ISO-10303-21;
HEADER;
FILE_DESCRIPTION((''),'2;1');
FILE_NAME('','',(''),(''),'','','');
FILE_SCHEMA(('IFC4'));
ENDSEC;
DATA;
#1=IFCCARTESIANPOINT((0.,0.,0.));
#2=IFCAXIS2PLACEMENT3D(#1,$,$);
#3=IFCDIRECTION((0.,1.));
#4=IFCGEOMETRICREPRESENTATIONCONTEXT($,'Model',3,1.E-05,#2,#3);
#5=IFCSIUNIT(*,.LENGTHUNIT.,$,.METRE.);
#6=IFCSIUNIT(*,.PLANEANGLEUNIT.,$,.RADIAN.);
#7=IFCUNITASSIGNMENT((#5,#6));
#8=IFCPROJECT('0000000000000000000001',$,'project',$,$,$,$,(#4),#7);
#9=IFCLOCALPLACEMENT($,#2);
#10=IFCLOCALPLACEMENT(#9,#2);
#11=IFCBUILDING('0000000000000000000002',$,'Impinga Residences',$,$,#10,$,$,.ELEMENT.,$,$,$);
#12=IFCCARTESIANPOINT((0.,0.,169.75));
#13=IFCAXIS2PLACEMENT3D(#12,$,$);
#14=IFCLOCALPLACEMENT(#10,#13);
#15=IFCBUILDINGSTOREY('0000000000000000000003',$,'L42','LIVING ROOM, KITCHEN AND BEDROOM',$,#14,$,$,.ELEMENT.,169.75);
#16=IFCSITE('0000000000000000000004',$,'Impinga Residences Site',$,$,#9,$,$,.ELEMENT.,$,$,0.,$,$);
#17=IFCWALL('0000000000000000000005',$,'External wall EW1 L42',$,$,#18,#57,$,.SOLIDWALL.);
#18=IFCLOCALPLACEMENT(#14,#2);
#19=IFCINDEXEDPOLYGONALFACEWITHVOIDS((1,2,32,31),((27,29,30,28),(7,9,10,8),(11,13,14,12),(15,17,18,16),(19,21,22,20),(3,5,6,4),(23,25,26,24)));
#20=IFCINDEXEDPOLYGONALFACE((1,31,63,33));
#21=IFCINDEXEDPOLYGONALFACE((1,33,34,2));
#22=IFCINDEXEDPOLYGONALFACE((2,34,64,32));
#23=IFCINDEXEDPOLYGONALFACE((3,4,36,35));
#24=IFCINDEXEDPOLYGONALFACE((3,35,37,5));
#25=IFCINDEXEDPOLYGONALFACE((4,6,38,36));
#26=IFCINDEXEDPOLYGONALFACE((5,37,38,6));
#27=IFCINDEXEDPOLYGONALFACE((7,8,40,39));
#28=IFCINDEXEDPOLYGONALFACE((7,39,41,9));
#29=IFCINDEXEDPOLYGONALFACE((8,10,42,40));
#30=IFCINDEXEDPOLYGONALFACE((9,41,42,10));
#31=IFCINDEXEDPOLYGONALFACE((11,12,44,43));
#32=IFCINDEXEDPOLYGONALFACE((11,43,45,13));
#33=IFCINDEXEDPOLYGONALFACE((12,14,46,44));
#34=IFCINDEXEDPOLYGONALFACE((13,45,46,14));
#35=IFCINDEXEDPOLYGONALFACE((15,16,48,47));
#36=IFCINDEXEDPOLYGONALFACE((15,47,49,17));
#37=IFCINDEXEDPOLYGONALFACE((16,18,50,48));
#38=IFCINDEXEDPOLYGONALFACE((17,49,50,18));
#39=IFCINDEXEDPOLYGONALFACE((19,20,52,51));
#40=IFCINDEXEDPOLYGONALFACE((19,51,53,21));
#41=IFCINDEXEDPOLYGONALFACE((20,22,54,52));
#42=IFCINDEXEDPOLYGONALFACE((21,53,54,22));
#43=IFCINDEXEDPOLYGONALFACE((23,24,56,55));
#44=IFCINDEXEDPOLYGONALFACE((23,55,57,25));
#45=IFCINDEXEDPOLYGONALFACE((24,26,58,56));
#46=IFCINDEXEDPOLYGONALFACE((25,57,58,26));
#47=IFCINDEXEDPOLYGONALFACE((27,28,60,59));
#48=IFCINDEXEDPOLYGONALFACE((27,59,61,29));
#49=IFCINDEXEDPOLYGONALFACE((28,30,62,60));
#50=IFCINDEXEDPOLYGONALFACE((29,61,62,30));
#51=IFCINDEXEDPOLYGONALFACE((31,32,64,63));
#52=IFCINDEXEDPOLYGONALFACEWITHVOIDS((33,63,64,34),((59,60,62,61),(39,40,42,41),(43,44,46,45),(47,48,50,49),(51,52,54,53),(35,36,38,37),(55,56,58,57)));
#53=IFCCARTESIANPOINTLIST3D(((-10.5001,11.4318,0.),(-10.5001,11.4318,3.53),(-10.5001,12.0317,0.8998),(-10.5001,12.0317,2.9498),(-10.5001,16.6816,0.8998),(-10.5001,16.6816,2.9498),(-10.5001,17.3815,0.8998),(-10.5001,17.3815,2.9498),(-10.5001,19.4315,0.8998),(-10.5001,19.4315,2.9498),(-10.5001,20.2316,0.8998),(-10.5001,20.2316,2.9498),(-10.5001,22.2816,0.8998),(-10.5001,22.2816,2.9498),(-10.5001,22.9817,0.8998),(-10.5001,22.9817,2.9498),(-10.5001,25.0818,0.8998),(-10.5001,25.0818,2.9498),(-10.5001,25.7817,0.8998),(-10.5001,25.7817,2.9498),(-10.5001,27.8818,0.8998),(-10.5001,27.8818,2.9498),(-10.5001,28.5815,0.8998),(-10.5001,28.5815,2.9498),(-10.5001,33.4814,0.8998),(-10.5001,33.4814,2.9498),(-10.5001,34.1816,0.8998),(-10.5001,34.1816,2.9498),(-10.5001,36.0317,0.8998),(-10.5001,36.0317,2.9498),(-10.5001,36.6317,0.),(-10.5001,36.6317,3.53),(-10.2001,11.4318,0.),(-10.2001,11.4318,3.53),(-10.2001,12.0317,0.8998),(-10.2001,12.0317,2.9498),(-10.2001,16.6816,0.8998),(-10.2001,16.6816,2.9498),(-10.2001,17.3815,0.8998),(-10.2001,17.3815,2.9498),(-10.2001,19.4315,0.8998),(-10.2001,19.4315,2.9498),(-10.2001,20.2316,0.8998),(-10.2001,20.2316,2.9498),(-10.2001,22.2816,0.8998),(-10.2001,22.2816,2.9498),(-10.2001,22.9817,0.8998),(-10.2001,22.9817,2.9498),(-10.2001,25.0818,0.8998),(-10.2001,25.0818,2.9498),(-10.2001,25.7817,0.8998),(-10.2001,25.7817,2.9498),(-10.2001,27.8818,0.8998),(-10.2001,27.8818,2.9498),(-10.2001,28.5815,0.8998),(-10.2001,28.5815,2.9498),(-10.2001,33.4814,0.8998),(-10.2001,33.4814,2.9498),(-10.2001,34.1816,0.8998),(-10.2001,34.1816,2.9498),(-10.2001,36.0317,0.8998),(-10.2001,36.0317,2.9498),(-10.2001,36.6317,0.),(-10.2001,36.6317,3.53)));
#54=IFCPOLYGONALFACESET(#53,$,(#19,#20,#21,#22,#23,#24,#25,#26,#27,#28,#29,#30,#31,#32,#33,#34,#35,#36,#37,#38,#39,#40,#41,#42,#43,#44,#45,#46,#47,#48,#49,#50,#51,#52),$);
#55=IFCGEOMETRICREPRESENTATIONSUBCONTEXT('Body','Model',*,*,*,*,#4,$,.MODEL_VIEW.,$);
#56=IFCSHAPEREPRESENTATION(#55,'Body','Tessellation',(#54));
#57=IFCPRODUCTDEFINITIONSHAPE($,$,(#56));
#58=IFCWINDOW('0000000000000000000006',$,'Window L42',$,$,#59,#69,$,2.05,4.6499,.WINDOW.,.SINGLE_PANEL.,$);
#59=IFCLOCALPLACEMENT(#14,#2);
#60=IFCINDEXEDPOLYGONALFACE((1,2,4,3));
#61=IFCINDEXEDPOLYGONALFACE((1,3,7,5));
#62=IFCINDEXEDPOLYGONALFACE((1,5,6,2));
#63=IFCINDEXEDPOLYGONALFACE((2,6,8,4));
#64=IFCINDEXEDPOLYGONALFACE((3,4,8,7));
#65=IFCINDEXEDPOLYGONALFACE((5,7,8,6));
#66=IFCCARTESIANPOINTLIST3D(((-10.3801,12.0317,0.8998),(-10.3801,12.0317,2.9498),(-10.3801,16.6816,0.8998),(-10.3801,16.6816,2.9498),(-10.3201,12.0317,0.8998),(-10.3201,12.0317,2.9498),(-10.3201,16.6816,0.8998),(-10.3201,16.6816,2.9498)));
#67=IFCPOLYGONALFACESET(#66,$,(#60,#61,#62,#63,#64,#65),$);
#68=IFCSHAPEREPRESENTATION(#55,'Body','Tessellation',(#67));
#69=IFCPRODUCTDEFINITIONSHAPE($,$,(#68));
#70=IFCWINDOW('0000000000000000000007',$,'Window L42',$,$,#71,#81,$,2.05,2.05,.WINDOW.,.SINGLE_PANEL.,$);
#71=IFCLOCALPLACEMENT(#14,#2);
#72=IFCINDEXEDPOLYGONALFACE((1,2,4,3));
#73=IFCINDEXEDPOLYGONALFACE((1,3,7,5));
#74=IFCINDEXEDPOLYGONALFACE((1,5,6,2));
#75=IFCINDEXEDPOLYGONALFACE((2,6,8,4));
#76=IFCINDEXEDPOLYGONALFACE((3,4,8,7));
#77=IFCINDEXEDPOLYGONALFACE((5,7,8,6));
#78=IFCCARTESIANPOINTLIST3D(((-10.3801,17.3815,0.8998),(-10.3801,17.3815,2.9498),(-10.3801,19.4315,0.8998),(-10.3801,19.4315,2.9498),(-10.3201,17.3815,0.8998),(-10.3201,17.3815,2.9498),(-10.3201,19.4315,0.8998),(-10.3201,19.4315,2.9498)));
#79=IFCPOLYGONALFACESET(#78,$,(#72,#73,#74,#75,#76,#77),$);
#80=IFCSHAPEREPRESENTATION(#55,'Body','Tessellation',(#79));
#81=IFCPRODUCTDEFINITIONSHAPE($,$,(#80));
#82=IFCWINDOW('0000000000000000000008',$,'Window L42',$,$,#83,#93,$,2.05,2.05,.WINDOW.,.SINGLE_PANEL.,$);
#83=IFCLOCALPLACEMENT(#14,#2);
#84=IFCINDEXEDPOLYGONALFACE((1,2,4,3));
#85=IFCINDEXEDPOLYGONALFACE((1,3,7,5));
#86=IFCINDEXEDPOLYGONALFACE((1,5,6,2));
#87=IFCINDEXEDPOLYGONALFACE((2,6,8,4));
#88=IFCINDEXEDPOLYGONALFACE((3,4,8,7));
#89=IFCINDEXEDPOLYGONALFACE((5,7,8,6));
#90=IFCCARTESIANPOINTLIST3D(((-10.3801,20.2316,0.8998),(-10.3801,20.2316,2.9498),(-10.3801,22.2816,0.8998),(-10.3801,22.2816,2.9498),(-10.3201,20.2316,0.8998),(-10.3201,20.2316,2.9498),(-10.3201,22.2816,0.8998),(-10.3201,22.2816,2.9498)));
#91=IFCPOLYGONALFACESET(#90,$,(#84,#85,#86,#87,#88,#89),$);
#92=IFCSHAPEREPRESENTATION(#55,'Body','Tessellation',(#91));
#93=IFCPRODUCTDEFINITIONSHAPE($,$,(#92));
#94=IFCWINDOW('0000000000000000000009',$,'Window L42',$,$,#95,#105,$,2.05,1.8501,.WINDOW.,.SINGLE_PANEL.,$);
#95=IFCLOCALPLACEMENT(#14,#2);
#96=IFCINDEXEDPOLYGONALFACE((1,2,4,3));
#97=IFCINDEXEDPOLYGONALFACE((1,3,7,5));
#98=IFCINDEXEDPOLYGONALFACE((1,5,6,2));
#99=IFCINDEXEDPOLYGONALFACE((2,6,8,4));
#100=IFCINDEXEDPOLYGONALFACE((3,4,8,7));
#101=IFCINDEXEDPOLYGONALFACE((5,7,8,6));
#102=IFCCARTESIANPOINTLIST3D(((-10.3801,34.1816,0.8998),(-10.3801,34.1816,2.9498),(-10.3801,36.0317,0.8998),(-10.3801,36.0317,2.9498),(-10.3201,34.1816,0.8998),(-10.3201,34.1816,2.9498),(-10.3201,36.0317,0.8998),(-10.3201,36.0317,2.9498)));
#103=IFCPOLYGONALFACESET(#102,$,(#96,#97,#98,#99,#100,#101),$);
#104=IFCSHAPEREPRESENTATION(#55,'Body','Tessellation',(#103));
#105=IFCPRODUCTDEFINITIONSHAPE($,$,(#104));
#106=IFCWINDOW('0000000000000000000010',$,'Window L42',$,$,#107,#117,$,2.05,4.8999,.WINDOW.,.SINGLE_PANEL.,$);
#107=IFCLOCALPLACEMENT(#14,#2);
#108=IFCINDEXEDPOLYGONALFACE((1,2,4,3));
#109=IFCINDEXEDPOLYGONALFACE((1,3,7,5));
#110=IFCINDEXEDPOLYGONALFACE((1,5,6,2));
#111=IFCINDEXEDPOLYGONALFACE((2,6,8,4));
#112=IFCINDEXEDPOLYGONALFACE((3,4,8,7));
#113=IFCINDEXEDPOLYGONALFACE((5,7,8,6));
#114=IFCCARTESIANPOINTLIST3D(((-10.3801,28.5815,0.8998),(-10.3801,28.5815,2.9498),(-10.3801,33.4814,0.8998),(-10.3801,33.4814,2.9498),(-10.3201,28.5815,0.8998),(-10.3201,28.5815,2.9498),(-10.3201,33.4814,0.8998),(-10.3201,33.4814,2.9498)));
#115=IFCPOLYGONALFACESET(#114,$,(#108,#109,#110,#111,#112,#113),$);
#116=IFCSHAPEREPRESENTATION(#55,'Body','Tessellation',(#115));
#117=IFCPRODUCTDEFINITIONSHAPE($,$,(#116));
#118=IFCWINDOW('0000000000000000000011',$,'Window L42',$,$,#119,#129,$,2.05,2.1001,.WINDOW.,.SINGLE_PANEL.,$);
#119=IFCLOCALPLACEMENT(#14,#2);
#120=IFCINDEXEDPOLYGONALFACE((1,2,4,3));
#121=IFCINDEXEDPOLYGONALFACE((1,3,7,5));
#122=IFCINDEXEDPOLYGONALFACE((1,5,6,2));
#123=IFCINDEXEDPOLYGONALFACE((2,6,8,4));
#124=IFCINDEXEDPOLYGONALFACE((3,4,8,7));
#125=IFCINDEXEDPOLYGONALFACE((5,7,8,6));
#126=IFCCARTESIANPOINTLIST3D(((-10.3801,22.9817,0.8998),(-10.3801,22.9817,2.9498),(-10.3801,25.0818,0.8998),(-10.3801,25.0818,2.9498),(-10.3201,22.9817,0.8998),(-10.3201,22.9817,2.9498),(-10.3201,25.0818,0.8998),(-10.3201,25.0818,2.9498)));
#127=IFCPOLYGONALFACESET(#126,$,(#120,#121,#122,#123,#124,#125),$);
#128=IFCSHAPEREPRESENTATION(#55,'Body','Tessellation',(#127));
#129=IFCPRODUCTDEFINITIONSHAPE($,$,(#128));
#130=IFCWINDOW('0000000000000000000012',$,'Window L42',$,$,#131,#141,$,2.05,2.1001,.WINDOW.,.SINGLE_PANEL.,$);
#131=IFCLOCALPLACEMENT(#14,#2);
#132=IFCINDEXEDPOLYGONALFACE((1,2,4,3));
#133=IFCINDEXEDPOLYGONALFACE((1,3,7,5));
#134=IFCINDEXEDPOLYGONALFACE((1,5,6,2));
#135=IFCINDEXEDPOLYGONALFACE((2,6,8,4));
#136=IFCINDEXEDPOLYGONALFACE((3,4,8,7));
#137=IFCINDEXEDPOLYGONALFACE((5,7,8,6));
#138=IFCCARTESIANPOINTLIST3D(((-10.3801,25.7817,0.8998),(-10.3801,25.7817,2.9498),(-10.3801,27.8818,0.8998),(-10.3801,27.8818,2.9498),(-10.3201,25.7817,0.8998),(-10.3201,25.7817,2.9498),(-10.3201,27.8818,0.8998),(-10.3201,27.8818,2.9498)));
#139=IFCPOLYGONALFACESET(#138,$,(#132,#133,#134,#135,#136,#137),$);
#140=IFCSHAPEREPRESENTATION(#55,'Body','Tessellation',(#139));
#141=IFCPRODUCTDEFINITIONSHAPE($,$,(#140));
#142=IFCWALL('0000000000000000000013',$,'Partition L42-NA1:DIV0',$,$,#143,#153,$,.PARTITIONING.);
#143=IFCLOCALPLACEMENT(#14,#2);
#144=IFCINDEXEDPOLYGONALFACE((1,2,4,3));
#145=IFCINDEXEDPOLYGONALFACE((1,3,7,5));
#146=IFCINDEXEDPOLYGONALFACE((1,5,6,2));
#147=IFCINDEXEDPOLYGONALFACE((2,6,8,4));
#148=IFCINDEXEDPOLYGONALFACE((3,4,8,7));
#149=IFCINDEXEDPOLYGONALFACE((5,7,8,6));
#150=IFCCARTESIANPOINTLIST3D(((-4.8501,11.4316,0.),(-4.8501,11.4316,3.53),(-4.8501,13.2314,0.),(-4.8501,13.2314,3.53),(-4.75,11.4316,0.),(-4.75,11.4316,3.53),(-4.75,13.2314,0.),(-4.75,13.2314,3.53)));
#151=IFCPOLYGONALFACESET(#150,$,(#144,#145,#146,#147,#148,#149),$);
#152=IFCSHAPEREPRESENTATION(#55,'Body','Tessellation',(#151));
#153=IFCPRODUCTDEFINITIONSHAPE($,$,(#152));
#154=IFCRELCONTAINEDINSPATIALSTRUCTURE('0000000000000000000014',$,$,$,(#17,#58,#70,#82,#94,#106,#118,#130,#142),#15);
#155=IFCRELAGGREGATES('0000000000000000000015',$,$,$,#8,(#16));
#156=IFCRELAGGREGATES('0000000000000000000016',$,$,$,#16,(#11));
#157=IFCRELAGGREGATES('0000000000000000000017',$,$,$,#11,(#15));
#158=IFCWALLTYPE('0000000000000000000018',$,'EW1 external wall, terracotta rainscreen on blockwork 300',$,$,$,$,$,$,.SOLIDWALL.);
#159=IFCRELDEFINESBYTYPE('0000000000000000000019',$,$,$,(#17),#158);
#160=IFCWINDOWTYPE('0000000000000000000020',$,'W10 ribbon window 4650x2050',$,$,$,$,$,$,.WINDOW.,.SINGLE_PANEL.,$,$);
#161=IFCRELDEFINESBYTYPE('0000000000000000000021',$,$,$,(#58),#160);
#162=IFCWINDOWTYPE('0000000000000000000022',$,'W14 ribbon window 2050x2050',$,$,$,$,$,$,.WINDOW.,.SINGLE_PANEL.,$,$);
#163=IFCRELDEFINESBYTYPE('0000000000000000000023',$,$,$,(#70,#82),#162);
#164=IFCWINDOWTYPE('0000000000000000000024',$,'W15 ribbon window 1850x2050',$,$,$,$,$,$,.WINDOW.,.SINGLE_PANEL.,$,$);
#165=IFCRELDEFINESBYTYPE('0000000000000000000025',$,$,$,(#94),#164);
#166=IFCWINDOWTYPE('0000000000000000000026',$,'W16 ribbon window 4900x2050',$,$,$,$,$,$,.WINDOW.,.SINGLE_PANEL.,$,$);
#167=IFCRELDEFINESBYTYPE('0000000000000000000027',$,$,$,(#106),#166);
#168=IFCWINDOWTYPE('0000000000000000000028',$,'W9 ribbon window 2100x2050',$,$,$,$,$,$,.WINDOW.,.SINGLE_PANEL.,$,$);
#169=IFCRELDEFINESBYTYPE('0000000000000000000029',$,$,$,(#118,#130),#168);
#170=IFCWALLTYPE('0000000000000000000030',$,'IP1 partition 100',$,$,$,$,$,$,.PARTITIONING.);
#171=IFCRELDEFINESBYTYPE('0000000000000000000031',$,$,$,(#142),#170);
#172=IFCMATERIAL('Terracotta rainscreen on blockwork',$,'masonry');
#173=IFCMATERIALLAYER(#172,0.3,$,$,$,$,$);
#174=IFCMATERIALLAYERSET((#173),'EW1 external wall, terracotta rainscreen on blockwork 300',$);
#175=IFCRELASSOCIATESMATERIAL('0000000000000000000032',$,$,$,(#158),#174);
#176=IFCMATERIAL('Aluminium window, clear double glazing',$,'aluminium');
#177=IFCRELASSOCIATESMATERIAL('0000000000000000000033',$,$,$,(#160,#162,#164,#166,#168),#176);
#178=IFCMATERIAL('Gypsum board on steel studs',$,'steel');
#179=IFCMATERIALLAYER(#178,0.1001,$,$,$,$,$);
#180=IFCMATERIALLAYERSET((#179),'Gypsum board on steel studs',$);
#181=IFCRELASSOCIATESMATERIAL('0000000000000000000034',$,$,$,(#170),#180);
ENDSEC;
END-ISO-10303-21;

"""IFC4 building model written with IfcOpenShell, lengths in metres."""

from ifc_helpers import new_model, si_unit, direction, frame, frame_2d, origin, place, context, subcontext, project, spatial, rectangle, extrude, material, layer, layer_set, type_object, element, fill, save


model = new_model("IFC4")

# Units and contexts
model_context = context("Model", 3, precision=1e-05, world=origin(), true_north=direction((0.0, 1.0)))
body_context = subcontext(model_context, "Body", "Model", "MODEL_VIEW")
ifc_project = project(units=[si_unit("LENGTHUNIT", "METRE"), si_unit("PLANEANGLEUNIT", "RADIAN")], contexts=[model_context])

# Site, building, storey
site_placement = place(None, origin())
site = spatial("IfcSite", under=ifc_project, at=site_placement, Name="Impinga Residences Site", CompositionType="ELEMENT", RefElevation=0.0)
building_placement = place(site_placement, origin())
building = spatial("IfcBuilding", under=site, at=building_placement, Name="Impinga Residences", CompositionType="ELEMENT")
storey_placement = place(building_placement, frame((0.0, 0.0, 169.75)))
storey = spatial("IfcBuildingStorey", under=building, at=storey_placement, Name="L42", Description="LIVING ROOM, KITCHEN AND BEDROOM", CompositionType="ELEMENT", Elevation=169.75)

# Shared definitions
ifc_material_1 = material(Name="Terracotta rainscreen on blockwork", Category="masonry")
ifc_layer_1 = layer(ifc_material_1, 0.3)
ifc_layer_set_1 = layer_set([ifc_layer_1], Name="EW1 external wall, terracotta rainscreen on blockwork 300")
wall_type_1 = type_object("IfcWallType", Name="EW1 external wall, terracotta rainscreen on blockwork 300", PredefinedType="SOLIDWALL", material=ifc_layer_set_1)

# Wall, openings, windows
wall_1_placement = place(storey_placement, frame((-10.3501, 11.4316, 0.0), z_axis=(0.0, 0.0, 1.0), x_axis=(0.0, 1.0, 0.0)))
wall_1 = element("IfcWall", 1, at=wall_1_placement, inside=storey, type_object=wall_type_1, Name="External wall EW1 L42", PredefinedType="SOLIDWALL", context=body_context, shape_type="SweptSolid", body=[
    extrude(rectangle(XDim=25.2, YDim=0.3, at=frame_2d((12.6001, 0.0))), origin(), (0.0, 0.0, 1.0), 3.53),
])
opening_1_placement = place(wall_1_placement, frame((0.6001, 0.0, 0.8999)))
opening_1 = element("IfcOpeningElement", 2, at=opening_1_placement, cuts=wall_1, PredefinedType="OPENING", context=body_context, shape_type="SweptSolid", body=[
    extrude(rectangle(XDim=4.6499, YDim=2.05, at=frame_2d((2.325, 1.0249))), frame((0.0, 0.1599, 0.0), z_axis=(0.0, -1.0, 0.0), x_axis=(1.0, 0.0, 0.0)), (0.0, 0.0, 1.0), 0.3201),
])
opening_2_placement = place(wall_1_placement, frame((5.95, 0.0, 0.8999)))
opening_2 = element("IfcOpeningElement", 3, at=opening_2_placement, cuts=wall_1, PredefinedType="OPENING", context=body_context, shape_type="SweptSolid", body=[
    extrude(rectangle(XDim=2.05, YDim=2.05, at=frame_2d((1.0249, 1.0249))), frame((0.0, 0.1599, 0.0), z_axis=(0.0, -1.0, 0.0), x_axis=(1.0, 0.0, 0.0)), (0.0, 0.0, 1.0), 0.3201),
])
opening_3_placement = place(wall_1_placement, frame((8.8, 0.0, 0.8999)))
opening_3 = element("IfcOpeningElement", 4, at=opening_3_placement, cuts=wall_1, PredefinedType="OPENING", context=body_context, shape_type="SweptSolid", body=[
    extrude(rectangle(XDim=2.05, YDim=2.05, at=frame_2d((1.0249, 1.0249))), frame((0.0, 0.1599, 0.0), z_axis=(0.0, -1.0, 0.0), x_axis=(1.0, 0.0, 0.0)), (0.0, 0.0, 1.0), 0.3201),
])
opening_4_placement = place(wall_1_placement, frame((11.55, 0.0, 0.8999)))
opening_4 = element("IfcOpeningElement", 5, at=opening_4_placement, cuts=wall_1, PredefinedType="OPENING", context=body_context, shape_type="SweptSolid", body=[
    extrude(rectangle(XDim=2.1001, YDim=2.05, at=frame_2d((1.05, 1.0249))), frame((0.0, 0.1599, 0.0), z_axis=(0.0, -1.0, 0.0), x_axis=(1.0, 0.0, 0.0)), (0.0, 0.0, 1.0), 0.3201),
])
opening_5_placement = place(wall_1_placement, frame((14.3501, 0.0, 0.8999)))
opening_5 = element("IfcOpeningElement", 6, at=opening_5_placement, cuts=wall_1, PredefinedType="OPENING", context=body_context, shape_type="SweptSolid", body=[
    extrude(rectangle(XDim=2.1001, YDim=2.05, at=frame_2d((1.05, 1.0249))), frame((0.0, 0.1599, 0.0), z_axis=(0.0, -1.0, 0.0), x_axis=(1.0, 0.0, 0.0)), (0.0, 0.0, 1.0), 0.3201),
])
opening_6_placement = place(wall_1_placement, frame((17.1499, 0.0, 0.8999)))
opening_6 = element("IfcOpeningElement", 7, at=opening_6_placement, cuts=wall_1, PredefinedType="OPENING", context=body_context, shape_type="SweptSolid", body=[
    extrude(rectangle(XDim=4.8999, YDim=2.05, at=frame_2d((2.45, 1.0249))), frame((0.0, 0.1599, 0.0), z_axis=(0.0, -1.0, 0.0), x_axis=(1.0, 0.0, 0.0)), (0.0, 0.0, 1.0), 0.3201),
])
opening_7_placement = place(wall_1_placement, frame((22.75, 0.0, 0.8999)))
opening_7 = element("IfcOpeningElement", 8, at=opening_7_placement, cuts=wall_1, PredefinedType="OPENING", context=body_context, shape_type="SweptSolid", body=[
    extrude(rectangle(XDim=1.8501, YDim=2.05, at=frame_2d((0.925, 1.0249))), frame((0.0, 0.1599, 0.0), z_axis=(0.0, -1.0, 0.0), x_axis=(1.0, 0.0, 0.0)), (0.0, 0.0, 1.0), 0.3201),
])
ifc_material_2 = material(Name="Aluminium window, clear double glazing", Category="aluminium")
window_type_1 = type_object("IfcWindowType", Name="W10 ribbon window 4650x2050", PartitioningType="SINGLE_PANEL", PredefinedType="WINDOW", material=ifc_material_2)
window_1_placement = place(opening_1_placement, origin())
window_1 = element("IfcWindow", 9, at=window_1_placement, inside=storey, type_object=window_type_1, Name="Window L42", OverallHeight=2.05, OverallWidth=4.6499, PartitioningType="SINGLE_PANEL", PredefinedType="WINDOW", context=body_context, shape_type="SweptSolid", body=[
    extrude(rectangle(XDim=4.6499, YDim=2.05, at=frame_2d((2.325, 1.0249))), frame((0.0, 0.03, 0.0), z_axis=(0.0, -1.0, 0.0), x_axis=(1.0, 0.0, 0.0)), (0.0, 0.0, 1.0), 0.0601),
])
fill(opening_1, window_1)
window_type_2 = type_object("IfcWindowType", Name="W14 ribbon window 2050x2050", PartitioningType="SINGLE_PANEL", PredefinedType="WINDOW", material=ifc_material_2)
window_2_placement = place(opening_2_placement, origin())
window_2 = element("IfcWindow", 10, at=window_2_placement, inside=storey, type_object=window_type_2, Name="Window L42", OverallHeight=2.05, OverallWidth=2.05, PartitioningType="SINGLE_PANEL", PredefinedType="WINDOW", context=body_context, shape_type="SweptSolid", body=[
    extrude(rectangle(XDim=2.05, YDim=2.05, at=frame_2d((1.0249, 1.0249))), frame((0.0, 0.03, 0.0), z_axis=(0.0, -1.0, 0.0), x_axis=(1.0, 0.0, 0.0)), (0.0, 0.0, 1.0), 0.0601),
])
fill(opening_2, window_2)
window_3_placement = place(opening_3_placement, origin())
window_3 = element("IfcWindow", 11, at=window_3_placement, inside=storey, type_object=window_type_2, Name="Window L42", OverallHeight=2.05, OverallWidth=2.05, PartitioningType="SINGLE_PANEL", PredefinedType="WINDOW", context=body_context, shape_type="SweptSolid", body=[
    extrude(rectangle(XDim=2.05, YDim=2.05, at=frame_2d((1.0249, 1.0249))), frame((0.0, 0.03, 0.0), z_axis=(0.0, -1.0, 0.0), x_axis=(1.0, 0.0, 0.0)), (0.0, 0.0, 1.0), 0.0601),
])
fill(opening_3, window_3)
window_type_3 = type_object("IfcWindowType", Name="W15 ribbon window 1850x2050", PartitioningType="SINGLE_PANEL", PredefinedType="WINDOW", material=ifc_material_2)
window_4_placement = place(opening_7_placement, origin())
window_4 = element("IfcWindow", 12, at=window_4_placement, inside=storey, type_object=window_type_3, Name="Window L42", OverallHeight=2.05, OverallWidth=1.8501, PartitioningType="SINGLE_PANEL", PredefinedType="WINDOW", context=body_context, shape_type="SweptSolid", body=[
    extrude(rectangle(XDim=1.8501, YDim=2.05, at=frame_2d((0.925, 1.0249))), frame((0.0, 0.03, 0.0), z_axis=(0.0, -1.0, 0.0), x_axis=(1.0, 0.0, 0.0)), (0.0, 0.0, 1.0), 0.0601),
])
fill(opening_7, window_4)
window_type_4 = type_object("IfcWindowType", Name="W16 ribbon window 4900x2050", PartitioningType="SINGLE_PANEL", PredefinedType="WINDOW", material=ifc_material_2)
window_5_placement = place(opening_6_placement, origin())
window_5 = element("IfcWindow", 13, at=window_5_placement, inside=storey, type_object=window_type_4, Name="Window L42", OverallHeight=2.05, OverallWidth=4.8999, PartitioningType="SINGLE_PANEL", PredefinedType="WINDOW", context=body_context, shape_type="SweptSolid", body=[
    extrude(rectangle(XDim=4.8999, YDim=2.05, at=frame_2d((2.45, 1.0249))), frame((0.0, 0.03, 0.0), z_axis=(0.0, -1.0, 0.0), x_axis=(1.0, 0.0, 0.0)), (0.0, 0.0, 1.0), 0.0601),
])
fill(opening_6, window_5)
window_type_5 = type_object("IfcWindowType", Name="W9 ribbon window 2100x2050", PartitioningType="SINGLE_PANEL", PredefinedType="WINDOW", material=ifc_material_2)
window_6_placement = place(opening_4_placement, origin())
window_6 = element("IfcWindow", 14, at=window_6_placement, inside=storey, type_object=window_type_5, Name="Window L42", OverallHeight=2.05, OverallWidth=2.1001, PartitioningType="SINGLE_PANEL", PredefinedType="WINDOW", context=body_context, shape_type="SweptSolid", body=[
    extrude(rectangle(XDim=2.1001, YDim=2.05, at=frame_2d((1.05, 1.0249))), frame((0.0, 0.03, 0.0), z_axis=(0.0, -1.0, 0.0), x_axis=(1.0, 0.0, 0.0)), (0.0, 0.0, 1.0), 0.0601),
])
fill(opening_4, window_6)
window_7_placement = place(opening_5_placement, origin())
window_7 = element("IfcWindow", 15, at=window_7_placement, inside=storey, type_object=window_type_5, Name="Window L42", OverallHeight=2.05, OverallWidth=2.1001, PartitioningType="SINGLE_PANEL", PredefinedType="WINDOW", context=body_context, shape_type="SweptSolid", body=[
    extrude(rectangle(XDim=2.1001, YDim=2.05, at=frame_2d((1.05, 1.0249))), frame((0.0, 0.03, 0.0), z_axis=(0.0, -1.0, 0.0), x_axis=(1.0, 0.0, 0.0)), (0.0, 0.0, 1.0), 0.0601),
])
fill(opening_5, window_7)

# Wall
ifc_material_3 = material(Name="Gypsum board on steel studs", Category="steel")
ifc_layer_2 = layer(ifc_material_3, 0.1001)
ifc_layer_set_2 = layer_set([ifc_layer_2], Name="Gypsum board on steel studs")
wall_type_2 = type_object("IfcWallType", Name="IP1 partition 100", PredefinedType="PARTITIONING", material=ifc_layer_set_2)
wall_2_placement = place(storey_placement, frame((-4.8, 11.4316, 0.0), z_axis=(0.0, 0.0, 1.0), x_axis=(0.0, 1.0, 0.0)))
element("IfcWall", 16, at=wall_2_placement, inside=storey, type_object=wall_type_2, Name="Partition L42-NA1:DIV0", PredefinedType="PARTITIONING", context=body_context, shape_type="SweptSolid", body=[
    extrude(rectangle(XDim=1.7998, YDim=0.1001, at=frame_2d((0.8999, 0.0))), origin(), (0.0, 0.0, 1.0), 3.53),
])

save(model, "model.ifc")
